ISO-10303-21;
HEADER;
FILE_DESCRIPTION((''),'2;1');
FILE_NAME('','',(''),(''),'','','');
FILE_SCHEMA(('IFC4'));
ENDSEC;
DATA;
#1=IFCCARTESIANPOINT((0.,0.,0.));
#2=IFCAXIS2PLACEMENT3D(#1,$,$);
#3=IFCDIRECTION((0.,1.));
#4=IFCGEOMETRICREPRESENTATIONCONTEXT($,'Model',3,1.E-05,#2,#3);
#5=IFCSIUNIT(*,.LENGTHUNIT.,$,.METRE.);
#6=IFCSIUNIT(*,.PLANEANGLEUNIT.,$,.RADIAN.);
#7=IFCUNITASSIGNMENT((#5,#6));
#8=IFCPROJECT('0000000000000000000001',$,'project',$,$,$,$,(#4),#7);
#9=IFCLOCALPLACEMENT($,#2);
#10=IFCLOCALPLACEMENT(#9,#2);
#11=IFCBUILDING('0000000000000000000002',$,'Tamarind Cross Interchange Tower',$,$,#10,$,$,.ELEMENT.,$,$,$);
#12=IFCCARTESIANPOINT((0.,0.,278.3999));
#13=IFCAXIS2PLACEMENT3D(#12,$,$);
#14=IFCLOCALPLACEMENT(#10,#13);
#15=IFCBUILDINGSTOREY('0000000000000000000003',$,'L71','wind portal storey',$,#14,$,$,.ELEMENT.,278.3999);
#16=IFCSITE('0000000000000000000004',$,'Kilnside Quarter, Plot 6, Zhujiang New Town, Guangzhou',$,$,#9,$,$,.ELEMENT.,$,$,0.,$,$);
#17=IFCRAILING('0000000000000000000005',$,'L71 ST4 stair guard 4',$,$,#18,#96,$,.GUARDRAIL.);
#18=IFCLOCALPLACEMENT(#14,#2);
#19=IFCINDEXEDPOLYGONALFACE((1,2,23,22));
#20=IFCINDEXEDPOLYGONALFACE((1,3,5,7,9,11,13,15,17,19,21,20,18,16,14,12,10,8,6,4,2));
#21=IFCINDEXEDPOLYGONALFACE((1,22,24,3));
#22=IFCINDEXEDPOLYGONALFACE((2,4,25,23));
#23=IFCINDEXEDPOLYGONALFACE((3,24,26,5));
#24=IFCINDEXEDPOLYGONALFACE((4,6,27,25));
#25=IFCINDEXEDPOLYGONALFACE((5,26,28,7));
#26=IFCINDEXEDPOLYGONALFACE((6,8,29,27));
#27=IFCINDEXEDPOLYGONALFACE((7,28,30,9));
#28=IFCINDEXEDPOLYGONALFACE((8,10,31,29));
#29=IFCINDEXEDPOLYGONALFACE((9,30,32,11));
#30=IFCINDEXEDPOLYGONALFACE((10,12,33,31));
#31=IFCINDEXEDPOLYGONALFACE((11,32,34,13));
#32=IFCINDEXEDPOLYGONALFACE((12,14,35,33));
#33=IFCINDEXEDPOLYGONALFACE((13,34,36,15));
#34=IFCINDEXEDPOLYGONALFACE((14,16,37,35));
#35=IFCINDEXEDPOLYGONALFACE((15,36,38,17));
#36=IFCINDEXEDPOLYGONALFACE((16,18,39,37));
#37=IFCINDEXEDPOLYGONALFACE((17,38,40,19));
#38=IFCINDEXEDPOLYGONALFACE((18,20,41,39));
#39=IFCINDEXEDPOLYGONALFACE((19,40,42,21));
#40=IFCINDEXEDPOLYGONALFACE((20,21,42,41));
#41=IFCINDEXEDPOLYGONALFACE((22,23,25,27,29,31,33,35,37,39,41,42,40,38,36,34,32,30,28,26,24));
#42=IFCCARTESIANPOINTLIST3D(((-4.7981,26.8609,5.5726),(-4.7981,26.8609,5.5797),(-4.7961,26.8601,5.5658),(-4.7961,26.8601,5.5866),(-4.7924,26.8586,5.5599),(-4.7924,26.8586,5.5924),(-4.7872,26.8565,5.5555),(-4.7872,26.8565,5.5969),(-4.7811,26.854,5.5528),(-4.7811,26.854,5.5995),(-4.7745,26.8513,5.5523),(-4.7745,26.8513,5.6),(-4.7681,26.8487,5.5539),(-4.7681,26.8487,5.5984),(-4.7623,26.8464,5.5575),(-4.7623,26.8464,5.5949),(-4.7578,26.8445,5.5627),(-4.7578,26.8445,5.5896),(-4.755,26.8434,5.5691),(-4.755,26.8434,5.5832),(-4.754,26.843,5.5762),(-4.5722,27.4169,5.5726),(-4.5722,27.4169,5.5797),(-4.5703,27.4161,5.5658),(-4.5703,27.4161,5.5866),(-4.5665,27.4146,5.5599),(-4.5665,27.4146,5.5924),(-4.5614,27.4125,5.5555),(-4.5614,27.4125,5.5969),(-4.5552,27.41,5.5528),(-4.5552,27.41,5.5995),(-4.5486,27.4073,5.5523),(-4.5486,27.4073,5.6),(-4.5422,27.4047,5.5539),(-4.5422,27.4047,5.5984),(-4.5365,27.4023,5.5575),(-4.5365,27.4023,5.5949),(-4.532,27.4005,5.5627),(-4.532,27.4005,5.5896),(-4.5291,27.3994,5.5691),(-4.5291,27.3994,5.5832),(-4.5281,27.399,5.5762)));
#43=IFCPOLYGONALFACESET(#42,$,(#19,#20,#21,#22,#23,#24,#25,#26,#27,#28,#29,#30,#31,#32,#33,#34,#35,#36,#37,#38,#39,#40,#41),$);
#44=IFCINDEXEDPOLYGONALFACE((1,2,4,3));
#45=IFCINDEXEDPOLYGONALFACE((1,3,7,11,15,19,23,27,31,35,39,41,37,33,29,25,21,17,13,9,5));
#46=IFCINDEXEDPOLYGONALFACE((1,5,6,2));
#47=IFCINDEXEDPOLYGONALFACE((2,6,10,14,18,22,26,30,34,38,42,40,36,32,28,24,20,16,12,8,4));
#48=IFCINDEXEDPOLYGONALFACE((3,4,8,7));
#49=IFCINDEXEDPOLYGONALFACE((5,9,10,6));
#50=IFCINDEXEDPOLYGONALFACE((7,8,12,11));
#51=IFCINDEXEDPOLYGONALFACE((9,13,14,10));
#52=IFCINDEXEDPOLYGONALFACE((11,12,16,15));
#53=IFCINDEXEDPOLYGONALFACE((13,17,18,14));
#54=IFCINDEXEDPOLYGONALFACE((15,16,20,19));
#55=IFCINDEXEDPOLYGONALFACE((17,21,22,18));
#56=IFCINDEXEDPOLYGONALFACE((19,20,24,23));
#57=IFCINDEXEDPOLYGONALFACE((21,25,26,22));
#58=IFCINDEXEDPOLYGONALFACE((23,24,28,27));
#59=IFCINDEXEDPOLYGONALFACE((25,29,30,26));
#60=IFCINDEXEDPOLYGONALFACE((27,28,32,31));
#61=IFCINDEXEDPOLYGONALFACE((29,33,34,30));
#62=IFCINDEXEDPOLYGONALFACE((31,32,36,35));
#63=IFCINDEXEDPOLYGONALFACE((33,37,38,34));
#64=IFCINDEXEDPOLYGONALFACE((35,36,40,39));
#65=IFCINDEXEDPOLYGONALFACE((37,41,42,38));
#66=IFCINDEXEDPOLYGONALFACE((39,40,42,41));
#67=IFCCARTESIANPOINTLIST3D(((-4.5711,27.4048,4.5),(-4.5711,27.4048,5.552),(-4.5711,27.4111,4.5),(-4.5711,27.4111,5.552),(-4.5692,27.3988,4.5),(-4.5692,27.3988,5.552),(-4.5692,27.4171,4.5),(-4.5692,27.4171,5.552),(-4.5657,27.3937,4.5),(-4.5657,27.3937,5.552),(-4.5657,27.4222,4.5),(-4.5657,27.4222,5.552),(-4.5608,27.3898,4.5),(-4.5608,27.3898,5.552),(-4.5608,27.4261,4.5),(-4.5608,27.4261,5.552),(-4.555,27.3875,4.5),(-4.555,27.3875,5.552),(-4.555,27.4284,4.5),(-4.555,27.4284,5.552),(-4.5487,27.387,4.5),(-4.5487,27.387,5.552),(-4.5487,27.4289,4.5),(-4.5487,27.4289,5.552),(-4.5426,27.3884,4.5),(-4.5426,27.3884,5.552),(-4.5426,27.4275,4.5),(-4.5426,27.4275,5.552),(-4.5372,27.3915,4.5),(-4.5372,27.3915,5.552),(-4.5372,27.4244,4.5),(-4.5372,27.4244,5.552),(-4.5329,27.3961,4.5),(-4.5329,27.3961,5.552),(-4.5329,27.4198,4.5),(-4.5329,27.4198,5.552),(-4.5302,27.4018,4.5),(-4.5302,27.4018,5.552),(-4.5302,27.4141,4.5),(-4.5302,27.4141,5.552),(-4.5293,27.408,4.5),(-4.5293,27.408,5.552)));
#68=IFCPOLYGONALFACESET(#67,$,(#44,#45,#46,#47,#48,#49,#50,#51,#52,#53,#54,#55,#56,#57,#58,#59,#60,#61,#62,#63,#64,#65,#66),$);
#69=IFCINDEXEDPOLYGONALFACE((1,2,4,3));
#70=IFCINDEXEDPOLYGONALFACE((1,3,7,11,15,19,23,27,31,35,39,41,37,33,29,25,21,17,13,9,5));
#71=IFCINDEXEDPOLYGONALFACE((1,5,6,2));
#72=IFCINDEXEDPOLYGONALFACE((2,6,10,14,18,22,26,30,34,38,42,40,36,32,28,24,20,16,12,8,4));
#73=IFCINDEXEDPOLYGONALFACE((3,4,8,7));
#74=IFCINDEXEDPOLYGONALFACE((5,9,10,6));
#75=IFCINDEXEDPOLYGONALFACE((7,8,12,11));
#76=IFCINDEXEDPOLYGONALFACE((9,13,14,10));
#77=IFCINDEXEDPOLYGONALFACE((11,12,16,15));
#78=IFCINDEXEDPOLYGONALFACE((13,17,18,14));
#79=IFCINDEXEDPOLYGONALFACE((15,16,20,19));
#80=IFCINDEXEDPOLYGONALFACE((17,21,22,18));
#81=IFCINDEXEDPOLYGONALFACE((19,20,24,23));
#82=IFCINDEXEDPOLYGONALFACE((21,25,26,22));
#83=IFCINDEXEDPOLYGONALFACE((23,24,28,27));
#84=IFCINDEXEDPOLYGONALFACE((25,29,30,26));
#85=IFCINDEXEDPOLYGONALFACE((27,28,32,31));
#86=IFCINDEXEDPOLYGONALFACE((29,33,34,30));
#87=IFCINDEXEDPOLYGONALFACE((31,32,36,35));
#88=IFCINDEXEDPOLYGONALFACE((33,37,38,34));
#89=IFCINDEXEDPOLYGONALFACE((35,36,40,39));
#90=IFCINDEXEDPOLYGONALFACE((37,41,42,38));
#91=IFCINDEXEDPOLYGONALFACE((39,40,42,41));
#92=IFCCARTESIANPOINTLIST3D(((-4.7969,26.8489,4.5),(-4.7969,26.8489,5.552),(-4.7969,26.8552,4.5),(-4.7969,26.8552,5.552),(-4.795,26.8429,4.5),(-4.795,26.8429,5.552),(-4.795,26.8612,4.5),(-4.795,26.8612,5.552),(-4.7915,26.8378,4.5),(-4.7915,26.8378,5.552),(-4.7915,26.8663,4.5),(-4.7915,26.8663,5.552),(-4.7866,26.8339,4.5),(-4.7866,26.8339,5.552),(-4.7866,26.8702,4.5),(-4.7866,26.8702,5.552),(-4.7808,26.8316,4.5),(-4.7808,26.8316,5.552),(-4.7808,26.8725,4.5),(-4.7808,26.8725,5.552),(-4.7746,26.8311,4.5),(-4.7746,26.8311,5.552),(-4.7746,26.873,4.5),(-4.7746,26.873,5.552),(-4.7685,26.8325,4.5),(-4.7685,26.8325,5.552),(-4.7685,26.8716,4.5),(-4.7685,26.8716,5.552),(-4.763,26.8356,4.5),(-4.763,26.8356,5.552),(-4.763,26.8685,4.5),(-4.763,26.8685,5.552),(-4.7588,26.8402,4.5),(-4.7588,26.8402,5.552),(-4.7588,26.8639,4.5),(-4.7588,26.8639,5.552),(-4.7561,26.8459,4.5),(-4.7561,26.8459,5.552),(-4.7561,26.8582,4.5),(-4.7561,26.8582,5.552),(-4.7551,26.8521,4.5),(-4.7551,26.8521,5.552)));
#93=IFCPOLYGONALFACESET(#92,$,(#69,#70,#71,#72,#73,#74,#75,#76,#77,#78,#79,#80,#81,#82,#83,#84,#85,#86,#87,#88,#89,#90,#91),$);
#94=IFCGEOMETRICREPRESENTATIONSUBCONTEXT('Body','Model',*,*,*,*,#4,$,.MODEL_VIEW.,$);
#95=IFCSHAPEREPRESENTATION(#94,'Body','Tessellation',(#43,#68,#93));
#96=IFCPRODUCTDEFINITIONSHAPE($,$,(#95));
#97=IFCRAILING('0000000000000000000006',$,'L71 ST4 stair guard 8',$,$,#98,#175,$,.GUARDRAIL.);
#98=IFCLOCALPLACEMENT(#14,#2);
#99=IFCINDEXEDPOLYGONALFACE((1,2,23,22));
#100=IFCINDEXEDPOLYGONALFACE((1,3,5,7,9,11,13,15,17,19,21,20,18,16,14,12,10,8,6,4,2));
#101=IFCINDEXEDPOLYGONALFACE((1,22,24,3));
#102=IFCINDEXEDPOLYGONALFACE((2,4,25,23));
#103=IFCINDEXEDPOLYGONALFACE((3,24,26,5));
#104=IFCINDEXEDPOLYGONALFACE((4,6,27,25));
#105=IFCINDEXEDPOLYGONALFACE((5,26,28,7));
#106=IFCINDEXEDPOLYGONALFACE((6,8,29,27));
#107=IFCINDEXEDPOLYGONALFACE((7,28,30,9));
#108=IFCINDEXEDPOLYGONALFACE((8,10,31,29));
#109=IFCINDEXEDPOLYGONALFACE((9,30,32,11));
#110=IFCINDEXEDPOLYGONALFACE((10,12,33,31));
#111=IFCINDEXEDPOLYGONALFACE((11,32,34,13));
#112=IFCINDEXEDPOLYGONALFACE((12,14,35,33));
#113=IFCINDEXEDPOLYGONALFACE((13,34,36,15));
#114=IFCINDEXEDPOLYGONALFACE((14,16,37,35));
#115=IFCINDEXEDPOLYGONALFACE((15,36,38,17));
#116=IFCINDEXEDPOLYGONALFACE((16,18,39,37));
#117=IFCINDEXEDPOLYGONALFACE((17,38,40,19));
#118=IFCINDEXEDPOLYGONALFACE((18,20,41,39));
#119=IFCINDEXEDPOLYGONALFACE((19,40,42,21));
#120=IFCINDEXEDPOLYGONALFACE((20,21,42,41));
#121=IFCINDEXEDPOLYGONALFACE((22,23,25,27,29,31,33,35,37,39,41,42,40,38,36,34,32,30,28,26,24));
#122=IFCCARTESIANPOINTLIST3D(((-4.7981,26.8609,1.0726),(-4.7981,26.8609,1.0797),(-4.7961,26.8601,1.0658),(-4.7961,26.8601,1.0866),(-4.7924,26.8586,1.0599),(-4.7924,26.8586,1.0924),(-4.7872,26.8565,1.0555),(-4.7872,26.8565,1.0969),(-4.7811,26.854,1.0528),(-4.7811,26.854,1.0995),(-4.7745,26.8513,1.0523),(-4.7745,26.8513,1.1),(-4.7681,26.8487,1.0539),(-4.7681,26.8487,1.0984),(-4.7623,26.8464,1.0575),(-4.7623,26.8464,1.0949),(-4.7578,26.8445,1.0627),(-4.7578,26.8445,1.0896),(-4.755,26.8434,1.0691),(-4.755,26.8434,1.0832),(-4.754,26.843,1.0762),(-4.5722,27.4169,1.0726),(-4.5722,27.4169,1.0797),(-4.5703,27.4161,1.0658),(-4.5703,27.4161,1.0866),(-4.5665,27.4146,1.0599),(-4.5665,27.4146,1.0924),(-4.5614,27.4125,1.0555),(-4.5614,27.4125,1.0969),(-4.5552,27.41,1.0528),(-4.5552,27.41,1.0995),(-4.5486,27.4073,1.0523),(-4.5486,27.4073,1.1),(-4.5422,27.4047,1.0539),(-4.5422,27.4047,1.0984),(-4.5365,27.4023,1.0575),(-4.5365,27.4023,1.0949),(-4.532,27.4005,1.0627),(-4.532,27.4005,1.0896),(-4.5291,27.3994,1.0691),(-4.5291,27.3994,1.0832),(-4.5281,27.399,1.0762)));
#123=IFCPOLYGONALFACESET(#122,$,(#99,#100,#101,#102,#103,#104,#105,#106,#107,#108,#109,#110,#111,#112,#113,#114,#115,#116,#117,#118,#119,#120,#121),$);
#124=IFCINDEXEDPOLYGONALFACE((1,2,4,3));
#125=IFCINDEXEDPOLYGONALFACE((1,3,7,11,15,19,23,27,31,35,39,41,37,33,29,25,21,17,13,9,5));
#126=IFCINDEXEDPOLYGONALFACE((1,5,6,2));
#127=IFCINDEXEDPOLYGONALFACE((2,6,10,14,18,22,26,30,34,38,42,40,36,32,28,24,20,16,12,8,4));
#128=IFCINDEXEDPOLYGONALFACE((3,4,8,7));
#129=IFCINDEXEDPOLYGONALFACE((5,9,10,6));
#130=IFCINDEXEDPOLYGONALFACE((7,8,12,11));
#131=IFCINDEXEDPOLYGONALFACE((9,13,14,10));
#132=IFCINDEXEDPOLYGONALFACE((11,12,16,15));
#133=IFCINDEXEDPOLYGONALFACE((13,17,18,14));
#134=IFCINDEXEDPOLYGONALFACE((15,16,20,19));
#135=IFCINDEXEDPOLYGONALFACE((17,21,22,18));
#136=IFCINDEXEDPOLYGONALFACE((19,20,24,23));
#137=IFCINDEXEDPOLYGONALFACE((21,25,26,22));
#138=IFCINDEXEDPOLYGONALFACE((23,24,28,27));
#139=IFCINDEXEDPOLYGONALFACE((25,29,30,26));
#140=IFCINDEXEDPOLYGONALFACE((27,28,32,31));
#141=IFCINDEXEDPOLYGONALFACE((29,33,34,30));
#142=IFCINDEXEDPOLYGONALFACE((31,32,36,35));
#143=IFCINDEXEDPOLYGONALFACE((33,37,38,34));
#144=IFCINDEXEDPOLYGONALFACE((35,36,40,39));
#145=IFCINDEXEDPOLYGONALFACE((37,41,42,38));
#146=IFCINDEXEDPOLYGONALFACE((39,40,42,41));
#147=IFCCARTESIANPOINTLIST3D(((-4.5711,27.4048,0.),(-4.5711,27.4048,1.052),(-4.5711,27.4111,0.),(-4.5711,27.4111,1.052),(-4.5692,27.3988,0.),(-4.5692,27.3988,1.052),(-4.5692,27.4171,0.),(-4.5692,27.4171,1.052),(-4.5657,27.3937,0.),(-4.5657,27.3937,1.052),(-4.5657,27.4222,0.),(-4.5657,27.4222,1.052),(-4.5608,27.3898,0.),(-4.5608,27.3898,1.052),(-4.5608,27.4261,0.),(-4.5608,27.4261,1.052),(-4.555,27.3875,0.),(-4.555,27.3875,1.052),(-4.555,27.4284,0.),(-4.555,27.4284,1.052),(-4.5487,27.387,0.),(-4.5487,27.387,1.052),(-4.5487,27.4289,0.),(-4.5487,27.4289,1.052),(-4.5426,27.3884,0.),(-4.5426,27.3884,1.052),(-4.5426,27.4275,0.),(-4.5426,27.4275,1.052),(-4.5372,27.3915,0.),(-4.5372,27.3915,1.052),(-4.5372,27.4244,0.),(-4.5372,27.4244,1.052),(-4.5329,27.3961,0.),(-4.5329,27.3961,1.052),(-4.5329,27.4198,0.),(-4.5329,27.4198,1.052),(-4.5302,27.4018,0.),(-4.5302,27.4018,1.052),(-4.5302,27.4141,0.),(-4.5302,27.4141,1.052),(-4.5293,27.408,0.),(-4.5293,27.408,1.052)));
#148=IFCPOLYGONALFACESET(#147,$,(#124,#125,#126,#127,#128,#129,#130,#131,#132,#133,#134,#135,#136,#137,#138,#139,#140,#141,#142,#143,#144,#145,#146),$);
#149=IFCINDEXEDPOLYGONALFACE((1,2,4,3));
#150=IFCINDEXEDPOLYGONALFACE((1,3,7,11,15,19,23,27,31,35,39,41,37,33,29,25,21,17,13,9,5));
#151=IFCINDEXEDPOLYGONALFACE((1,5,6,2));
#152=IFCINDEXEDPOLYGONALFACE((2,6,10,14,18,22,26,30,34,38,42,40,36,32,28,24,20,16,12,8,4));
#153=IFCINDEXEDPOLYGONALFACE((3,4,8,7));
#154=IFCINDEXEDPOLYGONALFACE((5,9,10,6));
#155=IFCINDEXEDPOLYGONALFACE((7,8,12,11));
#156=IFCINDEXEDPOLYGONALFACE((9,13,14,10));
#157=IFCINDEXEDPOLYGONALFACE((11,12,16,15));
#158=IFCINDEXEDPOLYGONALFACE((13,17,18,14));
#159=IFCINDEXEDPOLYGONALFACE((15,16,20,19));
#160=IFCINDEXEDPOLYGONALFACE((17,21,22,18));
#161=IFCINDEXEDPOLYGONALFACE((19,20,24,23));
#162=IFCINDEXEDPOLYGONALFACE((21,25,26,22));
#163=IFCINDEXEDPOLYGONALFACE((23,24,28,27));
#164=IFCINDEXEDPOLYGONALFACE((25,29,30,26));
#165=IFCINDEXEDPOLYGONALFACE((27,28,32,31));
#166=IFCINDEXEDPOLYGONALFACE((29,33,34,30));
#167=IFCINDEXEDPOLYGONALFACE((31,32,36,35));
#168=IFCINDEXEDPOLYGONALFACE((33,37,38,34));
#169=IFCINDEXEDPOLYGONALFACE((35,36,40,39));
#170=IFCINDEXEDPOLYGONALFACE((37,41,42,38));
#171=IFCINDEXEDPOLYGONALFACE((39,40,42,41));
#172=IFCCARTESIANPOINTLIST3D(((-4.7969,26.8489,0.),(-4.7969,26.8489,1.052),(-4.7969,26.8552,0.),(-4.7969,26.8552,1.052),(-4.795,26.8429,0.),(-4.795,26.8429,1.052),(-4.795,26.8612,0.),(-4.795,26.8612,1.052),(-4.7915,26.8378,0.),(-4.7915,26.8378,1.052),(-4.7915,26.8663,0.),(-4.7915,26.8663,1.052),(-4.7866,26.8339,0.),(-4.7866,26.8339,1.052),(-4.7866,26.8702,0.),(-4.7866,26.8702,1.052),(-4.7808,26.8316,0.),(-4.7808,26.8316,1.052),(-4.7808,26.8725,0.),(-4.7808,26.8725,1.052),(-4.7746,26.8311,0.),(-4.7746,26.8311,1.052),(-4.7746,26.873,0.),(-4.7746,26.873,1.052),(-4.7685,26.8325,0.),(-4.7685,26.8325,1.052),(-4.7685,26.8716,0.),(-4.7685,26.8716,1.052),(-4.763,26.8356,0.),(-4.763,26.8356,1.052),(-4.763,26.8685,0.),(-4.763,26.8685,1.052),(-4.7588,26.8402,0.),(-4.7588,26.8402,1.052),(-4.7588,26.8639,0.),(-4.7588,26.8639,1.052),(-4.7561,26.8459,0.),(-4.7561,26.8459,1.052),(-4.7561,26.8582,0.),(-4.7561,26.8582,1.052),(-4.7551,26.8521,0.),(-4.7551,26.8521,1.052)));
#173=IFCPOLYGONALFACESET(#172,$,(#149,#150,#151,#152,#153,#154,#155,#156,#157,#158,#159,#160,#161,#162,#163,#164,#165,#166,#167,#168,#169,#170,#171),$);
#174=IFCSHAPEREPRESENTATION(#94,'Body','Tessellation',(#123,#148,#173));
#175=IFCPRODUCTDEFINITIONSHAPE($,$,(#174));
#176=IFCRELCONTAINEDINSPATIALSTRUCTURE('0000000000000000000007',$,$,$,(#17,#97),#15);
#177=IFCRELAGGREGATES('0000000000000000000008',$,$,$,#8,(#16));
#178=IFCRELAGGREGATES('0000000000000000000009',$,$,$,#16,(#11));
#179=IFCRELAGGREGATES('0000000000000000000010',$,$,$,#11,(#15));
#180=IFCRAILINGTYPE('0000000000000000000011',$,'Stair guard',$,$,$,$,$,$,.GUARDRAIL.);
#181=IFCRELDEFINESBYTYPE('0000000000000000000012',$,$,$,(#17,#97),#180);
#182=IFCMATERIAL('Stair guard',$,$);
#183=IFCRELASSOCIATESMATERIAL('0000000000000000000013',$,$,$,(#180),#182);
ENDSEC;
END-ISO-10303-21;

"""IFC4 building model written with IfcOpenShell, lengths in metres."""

from ifc_helpers import new_model, si_unit, direction, frame, origin, origin_2d, place, context, subcontext, project, spatial, circle, extrude, material, type_object, element, save


model = new_model("IFC4")

# Units and contexts
model_context = context("Model", 3, precision=1e-05, world=origin(), true_north=direction((0.0, 1.0)))
body_context = subcontext(model_context, "Body", "Model", "MODEL_VIEW")
ifc_project = project(units=[si_unit("LENGTHUNIT", "METRE"), si_unit("PLANEANGLEUNIT", "RADIAN")], contexts=[model_context])

# Site, building, storey
site_placement = place(None, origin())
site = spatial("IfcSite", under=ifc_project, at=site_placement, Name="Kilnside Quarter, Plot 6, Zhujiang New Town, Guangzhou", CompositionType="ELEMENT", RefElevation=0.0)
building_placement = place(site_placement, origin())
building = spatial("IfcBuilding", under=site, at=building_placement, Name="Tamarind Cross Interchange Tower", CompositionType="ELEMENT")
storey_placement = place(building_placement, frame((0.0, 0.0, 278.3999)))
storey = spatial("IfcBuildingStorey", under=building, at=storey_placement, Name="L71", Description="wind portal storey", CompositionType="ELEMENT", Elevation=278.3999)

# Railings
ifc_material_1 = material(Name="Stair guard")
railing_type_1 = type_object("IfcRailingType", Name="Stair guard", PredefinedType="GUARDRAIL", material=ifc_material_1)
for number, where, name in (
    (1, (-4.5503, 27.408, 4.5), "L71 ST4 stair guard 4"),
    (2, (-4.5503, 27.408, 0.0), "L71 ST4 stair guard 8"),
):
    element("IfcRailing", number, at=place(storey_placement, frame(where)), inside=storey, type_object=railing_type_1, Name=name, PredefinedType="GUARDRAIL", context=body_context, shape_type="SweptSolid", body=[
        extrude(circle(Radius=0.0239, at=origin_2d()), frame((0.0, 0.0, 1.0762), z_axis=(-0.376366, -0.926471, 0.0), x_axis=(0.926471, -0.376366, 0.0)), (0.0, 0.0, 1.0), 0.6001),
        extrude(circle(Radius=0.021, at=origin_2d()), origin(), (0.0, 0.0, 1.0), 1.052),
        extrude(circle(Radius=0.021, at=origin_2d()), frame((-0.2258, -0.5559, 0.0)), (0.0, 0.0, 1.0), 1.052),
    ])

save(model, "model.ifc")
